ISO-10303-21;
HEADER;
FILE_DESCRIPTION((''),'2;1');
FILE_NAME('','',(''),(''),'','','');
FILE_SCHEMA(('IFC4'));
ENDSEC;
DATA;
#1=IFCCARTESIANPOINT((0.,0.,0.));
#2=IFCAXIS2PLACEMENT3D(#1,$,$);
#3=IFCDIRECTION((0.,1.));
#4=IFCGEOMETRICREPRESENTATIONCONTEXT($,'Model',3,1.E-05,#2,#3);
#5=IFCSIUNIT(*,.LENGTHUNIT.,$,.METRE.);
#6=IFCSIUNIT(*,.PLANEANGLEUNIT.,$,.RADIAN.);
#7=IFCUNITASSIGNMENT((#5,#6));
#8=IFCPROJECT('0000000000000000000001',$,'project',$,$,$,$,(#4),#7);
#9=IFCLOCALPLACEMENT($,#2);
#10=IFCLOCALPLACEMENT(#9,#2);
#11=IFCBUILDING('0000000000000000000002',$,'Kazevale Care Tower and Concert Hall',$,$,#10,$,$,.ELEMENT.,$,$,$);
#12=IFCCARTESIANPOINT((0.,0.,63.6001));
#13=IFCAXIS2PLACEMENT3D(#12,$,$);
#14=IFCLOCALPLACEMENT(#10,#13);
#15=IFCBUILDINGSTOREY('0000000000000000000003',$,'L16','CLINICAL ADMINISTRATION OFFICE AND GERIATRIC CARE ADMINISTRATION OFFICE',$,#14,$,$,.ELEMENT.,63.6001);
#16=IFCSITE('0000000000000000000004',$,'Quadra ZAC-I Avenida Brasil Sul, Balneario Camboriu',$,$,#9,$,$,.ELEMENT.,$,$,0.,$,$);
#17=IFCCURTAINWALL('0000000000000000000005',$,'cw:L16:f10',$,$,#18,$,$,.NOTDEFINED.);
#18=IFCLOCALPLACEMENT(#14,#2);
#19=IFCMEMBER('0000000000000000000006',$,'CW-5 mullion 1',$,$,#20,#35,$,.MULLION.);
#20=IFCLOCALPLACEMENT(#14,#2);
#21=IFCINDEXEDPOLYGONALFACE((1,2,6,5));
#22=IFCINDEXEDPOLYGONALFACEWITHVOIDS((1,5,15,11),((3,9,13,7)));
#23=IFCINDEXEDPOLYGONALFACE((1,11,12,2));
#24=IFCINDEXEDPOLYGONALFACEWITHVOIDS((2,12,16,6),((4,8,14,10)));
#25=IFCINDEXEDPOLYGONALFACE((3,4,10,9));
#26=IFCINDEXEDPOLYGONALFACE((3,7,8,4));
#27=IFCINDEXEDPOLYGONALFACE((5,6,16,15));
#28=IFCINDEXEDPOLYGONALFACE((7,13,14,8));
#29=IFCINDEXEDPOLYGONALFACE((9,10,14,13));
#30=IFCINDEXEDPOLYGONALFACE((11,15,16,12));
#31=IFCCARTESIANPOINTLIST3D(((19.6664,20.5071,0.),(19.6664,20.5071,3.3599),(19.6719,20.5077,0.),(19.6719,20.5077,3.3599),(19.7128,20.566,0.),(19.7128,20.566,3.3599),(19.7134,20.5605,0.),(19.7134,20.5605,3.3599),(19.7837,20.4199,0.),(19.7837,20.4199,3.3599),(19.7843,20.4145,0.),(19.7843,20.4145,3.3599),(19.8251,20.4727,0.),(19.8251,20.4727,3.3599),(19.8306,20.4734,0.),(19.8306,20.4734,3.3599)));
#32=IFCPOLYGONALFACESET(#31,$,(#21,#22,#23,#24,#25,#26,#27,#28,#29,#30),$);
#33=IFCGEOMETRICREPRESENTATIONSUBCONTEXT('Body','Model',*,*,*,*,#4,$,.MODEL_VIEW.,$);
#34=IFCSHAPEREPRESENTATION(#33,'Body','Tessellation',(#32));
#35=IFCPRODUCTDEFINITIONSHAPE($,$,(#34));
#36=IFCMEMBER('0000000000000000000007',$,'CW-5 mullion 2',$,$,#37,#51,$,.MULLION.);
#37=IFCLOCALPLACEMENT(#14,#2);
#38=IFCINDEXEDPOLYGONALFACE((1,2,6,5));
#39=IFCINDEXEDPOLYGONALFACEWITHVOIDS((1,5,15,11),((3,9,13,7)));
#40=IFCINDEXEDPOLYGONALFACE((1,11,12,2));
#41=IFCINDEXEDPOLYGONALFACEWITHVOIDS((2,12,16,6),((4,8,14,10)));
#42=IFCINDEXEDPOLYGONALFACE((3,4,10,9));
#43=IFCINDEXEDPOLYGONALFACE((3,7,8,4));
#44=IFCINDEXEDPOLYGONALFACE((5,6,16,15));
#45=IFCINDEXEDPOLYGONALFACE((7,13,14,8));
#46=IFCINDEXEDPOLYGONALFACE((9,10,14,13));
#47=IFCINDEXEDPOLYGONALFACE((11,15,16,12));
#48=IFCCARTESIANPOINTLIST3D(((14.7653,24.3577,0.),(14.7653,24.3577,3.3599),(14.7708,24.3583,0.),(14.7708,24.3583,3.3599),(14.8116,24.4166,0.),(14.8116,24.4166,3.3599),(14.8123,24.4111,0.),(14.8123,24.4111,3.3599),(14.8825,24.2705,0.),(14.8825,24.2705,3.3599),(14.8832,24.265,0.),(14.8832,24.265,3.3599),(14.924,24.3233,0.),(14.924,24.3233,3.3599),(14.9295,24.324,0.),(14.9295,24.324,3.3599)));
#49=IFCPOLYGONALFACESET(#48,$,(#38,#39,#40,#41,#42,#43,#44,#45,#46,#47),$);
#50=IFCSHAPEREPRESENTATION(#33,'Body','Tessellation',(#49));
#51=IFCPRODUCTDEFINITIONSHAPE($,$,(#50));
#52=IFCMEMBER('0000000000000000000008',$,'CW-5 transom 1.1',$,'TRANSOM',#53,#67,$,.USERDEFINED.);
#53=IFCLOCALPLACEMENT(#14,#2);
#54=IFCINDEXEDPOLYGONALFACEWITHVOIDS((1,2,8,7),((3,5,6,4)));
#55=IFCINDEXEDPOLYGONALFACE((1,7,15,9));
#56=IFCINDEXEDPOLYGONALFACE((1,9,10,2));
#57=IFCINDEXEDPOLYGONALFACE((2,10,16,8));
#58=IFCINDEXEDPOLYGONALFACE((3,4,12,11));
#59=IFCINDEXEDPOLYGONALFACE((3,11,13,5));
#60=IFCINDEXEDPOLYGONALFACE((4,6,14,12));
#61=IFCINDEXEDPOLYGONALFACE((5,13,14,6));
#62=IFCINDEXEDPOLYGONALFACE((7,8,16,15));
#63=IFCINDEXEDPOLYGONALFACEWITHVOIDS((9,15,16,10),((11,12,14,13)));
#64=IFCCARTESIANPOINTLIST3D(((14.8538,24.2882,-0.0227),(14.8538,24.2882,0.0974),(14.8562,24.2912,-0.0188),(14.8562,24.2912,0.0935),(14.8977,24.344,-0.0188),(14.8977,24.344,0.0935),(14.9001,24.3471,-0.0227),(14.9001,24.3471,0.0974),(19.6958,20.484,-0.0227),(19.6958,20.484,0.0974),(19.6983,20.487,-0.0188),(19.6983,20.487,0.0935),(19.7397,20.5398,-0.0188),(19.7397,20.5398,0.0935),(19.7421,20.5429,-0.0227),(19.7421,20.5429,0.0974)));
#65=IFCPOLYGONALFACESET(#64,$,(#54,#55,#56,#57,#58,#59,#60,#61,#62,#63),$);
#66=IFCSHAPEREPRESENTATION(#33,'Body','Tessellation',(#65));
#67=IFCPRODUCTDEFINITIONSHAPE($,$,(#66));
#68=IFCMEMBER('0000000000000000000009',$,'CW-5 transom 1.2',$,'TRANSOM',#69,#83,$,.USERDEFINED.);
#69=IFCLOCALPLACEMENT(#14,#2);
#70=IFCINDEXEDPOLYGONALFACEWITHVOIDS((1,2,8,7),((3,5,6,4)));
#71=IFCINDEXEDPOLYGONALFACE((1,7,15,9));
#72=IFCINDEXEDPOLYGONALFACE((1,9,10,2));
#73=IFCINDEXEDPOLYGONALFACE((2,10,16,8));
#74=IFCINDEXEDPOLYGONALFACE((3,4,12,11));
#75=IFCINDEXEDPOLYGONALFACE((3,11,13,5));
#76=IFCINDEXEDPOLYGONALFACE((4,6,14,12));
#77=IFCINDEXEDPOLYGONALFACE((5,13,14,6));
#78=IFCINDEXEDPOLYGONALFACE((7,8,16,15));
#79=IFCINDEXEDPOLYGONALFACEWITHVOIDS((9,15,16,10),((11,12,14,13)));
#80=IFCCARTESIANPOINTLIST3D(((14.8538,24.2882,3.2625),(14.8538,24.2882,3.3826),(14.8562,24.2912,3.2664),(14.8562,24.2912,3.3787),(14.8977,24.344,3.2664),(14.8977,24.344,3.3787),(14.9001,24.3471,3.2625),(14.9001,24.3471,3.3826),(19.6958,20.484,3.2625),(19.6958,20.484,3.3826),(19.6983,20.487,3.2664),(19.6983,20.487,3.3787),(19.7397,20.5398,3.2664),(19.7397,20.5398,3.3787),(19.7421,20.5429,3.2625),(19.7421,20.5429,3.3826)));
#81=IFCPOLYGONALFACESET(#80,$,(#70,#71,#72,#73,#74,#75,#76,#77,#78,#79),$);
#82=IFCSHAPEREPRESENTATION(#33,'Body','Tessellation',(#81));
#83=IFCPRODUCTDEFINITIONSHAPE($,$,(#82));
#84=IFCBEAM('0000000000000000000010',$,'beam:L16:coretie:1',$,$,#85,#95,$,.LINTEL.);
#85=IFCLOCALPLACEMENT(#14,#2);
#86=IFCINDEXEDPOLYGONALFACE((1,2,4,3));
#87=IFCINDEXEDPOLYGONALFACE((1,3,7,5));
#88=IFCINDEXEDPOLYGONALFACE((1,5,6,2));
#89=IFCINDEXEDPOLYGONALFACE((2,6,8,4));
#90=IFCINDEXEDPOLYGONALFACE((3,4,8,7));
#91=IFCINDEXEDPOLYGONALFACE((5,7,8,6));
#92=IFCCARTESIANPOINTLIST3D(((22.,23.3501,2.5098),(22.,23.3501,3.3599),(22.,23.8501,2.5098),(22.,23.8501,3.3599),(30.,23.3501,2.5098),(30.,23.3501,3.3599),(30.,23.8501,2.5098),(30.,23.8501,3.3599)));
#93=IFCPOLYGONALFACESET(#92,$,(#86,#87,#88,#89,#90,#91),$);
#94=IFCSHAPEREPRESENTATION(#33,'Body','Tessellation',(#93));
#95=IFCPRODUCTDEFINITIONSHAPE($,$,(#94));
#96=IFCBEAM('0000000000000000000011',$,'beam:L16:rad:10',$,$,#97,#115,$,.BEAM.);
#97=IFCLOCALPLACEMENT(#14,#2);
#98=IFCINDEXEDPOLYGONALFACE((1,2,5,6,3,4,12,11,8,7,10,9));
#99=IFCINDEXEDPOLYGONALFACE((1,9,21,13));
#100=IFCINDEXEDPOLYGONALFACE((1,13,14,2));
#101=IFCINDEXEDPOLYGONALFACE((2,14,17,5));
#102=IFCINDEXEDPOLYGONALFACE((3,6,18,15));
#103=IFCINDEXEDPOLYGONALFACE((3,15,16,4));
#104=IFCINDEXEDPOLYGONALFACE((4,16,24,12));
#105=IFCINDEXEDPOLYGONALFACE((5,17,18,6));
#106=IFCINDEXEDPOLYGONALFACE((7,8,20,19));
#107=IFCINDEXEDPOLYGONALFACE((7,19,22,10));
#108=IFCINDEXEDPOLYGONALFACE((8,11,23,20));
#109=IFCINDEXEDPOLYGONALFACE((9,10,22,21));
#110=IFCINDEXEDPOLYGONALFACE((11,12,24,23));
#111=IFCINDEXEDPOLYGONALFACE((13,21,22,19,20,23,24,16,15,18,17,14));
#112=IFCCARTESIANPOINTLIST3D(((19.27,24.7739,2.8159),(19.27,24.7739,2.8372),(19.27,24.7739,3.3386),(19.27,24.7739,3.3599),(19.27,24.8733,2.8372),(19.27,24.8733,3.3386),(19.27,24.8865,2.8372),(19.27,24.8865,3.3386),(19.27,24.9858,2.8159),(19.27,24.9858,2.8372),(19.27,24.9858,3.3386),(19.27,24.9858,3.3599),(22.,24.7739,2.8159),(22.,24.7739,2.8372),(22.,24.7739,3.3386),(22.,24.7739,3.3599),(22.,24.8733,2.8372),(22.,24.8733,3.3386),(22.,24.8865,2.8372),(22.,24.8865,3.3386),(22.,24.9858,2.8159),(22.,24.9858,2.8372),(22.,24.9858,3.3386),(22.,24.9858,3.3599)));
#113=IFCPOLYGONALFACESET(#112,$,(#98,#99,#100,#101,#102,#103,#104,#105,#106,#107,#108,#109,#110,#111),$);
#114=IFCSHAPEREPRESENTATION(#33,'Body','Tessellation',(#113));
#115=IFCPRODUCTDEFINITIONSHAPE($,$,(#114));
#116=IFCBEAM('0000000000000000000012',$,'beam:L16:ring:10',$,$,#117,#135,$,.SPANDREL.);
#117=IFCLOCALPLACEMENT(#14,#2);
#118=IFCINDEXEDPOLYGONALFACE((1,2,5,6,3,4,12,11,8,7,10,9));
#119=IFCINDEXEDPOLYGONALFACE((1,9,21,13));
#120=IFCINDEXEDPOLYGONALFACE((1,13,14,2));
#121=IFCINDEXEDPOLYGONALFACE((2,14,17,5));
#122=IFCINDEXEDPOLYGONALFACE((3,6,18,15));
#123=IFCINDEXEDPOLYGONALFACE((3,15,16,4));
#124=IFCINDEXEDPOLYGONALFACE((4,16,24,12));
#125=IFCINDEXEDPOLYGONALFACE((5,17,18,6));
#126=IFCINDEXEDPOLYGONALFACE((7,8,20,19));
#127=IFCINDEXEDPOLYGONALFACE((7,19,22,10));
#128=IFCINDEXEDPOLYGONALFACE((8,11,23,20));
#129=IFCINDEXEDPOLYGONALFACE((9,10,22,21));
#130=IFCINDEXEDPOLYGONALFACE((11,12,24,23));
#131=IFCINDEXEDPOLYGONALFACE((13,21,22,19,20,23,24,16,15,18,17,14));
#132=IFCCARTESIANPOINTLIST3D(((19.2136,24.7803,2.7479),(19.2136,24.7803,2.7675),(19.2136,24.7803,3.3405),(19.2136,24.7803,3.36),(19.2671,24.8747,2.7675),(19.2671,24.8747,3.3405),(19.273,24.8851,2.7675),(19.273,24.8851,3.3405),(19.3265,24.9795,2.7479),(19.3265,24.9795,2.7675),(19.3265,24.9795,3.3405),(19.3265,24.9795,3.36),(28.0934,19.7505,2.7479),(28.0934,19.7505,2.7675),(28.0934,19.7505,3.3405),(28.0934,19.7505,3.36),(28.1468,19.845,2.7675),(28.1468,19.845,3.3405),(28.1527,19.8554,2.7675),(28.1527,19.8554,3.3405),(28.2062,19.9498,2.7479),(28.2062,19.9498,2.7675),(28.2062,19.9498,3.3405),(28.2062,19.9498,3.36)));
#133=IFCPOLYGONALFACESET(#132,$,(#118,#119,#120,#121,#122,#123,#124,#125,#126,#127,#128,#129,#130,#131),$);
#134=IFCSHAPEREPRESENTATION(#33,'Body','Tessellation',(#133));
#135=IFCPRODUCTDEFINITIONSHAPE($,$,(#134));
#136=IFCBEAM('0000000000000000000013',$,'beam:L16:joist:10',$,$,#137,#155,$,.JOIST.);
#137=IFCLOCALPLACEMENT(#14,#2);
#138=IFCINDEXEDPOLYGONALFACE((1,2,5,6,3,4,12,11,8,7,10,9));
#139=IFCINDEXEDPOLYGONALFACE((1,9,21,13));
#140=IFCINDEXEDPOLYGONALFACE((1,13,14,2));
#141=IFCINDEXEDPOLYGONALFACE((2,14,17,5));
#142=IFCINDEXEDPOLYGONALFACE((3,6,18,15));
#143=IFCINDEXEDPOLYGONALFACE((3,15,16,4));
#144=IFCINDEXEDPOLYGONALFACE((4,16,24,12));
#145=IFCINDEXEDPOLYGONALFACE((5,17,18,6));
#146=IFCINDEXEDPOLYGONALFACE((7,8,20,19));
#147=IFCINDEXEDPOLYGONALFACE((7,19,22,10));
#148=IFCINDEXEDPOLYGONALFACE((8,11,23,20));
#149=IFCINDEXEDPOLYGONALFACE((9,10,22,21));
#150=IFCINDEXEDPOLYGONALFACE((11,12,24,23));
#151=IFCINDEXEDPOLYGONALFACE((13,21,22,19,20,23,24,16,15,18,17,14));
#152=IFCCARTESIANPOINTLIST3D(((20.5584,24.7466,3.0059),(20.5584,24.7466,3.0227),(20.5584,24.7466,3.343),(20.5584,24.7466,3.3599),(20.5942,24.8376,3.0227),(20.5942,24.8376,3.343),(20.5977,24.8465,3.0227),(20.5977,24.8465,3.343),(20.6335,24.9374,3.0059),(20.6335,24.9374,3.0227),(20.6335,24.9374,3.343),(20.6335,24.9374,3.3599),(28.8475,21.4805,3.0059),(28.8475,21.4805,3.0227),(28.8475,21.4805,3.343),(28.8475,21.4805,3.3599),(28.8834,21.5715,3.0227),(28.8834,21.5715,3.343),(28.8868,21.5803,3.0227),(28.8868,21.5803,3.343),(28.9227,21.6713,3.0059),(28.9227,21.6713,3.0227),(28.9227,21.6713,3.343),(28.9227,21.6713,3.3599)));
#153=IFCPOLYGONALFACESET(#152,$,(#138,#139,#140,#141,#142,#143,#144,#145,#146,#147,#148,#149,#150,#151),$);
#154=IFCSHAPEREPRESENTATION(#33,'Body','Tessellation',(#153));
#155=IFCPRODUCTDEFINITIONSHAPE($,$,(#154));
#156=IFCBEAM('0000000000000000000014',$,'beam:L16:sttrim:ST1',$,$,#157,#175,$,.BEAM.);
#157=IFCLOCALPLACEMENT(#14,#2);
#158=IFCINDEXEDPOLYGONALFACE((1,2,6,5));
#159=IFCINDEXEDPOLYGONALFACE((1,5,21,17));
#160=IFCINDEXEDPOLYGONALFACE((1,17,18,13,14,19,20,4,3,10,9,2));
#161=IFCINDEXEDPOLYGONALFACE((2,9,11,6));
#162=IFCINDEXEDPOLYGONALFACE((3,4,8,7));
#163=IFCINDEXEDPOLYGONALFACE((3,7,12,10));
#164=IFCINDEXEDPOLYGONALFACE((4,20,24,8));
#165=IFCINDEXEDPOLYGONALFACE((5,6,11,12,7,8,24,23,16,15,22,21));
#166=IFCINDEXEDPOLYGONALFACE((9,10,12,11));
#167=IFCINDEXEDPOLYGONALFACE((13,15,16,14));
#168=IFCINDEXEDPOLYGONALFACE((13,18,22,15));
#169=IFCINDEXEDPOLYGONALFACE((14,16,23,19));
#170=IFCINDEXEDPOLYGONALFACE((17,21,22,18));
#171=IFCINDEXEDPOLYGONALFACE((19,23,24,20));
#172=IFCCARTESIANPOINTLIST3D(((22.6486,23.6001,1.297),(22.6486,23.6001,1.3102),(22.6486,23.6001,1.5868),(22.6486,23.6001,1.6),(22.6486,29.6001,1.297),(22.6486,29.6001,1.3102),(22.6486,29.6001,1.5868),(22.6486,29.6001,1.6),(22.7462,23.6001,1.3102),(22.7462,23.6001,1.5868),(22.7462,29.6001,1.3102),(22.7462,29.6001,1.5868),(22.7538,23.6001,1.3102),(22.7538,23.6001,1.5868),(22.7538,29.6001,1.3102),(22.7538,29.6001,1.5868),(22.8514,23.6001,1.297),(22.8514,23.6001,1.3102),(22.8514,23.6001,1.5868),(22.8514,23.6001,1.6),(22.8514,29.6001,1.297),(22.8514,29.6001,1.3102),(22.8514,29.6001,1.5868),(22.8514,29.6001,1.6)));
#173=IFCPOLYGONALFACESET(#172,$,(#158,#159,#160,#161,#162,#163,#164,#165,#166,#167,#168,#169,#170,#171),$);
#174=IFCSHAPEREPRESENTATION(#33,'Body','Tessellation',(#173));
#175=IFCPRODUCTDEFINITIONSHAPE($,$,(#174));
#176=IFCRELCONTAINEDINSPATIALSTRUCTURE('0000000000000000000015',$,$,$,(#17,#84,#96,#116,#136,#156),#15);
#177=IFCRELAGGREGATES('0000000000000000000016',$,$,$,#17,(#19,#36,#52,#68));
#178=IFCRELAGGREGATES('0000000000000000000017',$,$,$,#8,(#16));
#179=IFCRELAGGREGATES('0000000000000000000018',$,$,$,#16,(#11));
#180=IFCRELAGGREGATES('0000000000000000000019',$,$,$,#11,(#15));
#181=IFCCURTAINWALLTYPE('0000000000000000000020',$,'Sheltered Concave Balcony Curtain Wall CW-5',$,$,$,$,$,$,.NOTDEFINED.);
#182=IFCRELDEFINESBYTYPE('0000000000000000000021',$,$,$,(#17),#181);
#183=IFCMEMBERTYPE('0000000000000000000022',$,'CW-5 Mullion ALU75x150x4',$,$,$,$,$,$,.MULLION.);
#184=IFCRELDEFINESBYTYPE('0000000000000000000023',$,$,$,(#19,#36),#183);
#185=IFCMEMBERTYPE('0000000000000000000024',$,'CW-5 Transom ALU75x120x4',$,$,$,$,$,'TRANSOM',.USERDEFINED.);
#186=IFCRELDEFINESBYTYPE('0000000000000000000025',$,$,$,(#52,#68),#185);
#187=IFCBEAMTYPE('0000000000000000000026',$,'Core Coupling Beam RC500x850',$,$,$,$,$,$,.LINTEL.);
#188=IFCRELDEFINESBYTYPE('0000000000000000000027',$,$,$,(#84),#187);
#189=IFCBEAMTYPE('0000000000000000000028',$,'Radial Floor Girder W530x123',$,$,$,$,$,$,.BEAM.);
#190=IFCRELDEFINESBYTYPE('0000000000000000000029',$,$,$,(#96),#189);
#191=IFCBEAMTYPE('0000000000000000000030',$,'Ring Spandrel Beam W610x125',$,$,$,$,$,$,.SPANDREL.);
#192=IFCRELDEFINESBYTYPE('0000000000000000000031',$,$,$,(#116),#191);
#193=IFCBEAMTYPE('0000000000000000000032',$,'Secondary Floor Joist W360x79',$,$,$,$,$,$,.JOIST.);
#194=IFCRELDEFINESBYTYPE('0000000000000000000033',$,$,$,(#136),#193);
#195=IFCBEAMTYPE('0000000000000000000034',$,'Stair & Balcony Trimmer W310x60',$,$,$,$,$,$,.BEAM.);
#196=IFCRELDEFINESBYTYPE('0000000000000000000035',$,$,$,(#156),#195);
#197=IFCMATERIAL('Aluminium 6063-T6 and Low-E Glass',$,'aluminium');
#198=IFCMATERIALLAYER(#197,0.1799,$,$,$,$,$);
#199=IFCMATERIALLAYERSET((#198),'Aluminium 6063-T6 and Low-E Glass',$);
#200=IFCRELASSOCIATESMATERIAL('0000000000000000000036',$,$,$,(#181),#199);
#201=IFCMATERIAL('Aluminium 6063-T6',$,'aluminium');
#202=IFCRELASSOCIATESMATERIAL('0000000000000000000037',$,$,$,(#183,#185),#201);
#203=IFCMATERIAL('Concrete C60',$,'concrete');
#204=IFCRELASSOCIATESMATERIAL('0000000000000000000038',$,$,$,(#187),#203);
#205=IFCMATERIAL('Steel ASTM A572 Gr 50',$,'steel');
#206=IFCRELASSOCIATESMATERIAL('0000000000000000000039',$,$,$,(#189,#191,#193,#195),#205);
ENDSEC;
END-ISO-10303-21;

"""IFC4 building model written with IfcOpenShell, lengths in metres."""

from ifc_helpers import new_model, si_unit, direction, frame, origin, origin_2d, place, context, subcontext, project, spatial, rectangle, hollow_rectangle, i_section, extrude, material, layer, layer_set, material_profile, profile_set, type_object, element, aggregate, save


model = new_model("IFC4")

# Units and contexts
model_context = context("Model", 3, precision=1e-05, world=origin(), true_north=direction((0.0, 1.0)))
body_context = subcontext(model_context, "Body", "Model", "MODEL_VIEW")
ifc_project = project(units=[si_unit("LENGTHUNIT", "METRE"), si_unit("PLANEANGLEUNIT", "RADIAN")], contexts=[model_context])

# Site, building, storey
site_placement = place(None, origin())
site = spatial("IfcSite", under=ifc_project, at=site_placement, Name="Quadra ZAC-I Avenida Brasil Sul, Balneario Camboriu", CompositionType="ELEMENT", RefElevation=0.0)
building_placement = place(site_placement, origin())
building = spatial("IfcBuilding", under=site, at=building_placement, Name="Kazevale Care Tower and Concert Hall", CompositionType="ELEMENT")
storey_placement = place(building_placement, frame((0.0, 0.0, 63.6001)))
storey = spatial("IfcBuildingStorey", under=building, at=storey_placement, Name="L16", Description="CLINICAL ADMINISTRATION OFFICE AND GERIATRIC CARE ADMINISTRATION OFFICE", CompositionType="ELEMENT", Elevation=63.6001)

# Shared definitions
ifc_material_1 = material(Name="Aluminium 6063-T6 and Low-E Glass", Category="aluminium")
ifc_material_2 = material(Name="Aluminium 6063-T6", Category="aluminium")

# Shared definitions
ifc_layer_1 = layer(ifc_material_1, 0.1799)
ifc_layer_set_1 = layer_set([ifc_layer_1], Name="Aluminium 6063-T6 and Low-E Glass")
curtain_wall_type_1 = type_object("IfcCurtainWallType", Name="Sheltered Concave Balcony Curtain Wall CW-5", PredefinedType="NOTDEFINED", material=ifc_layer_set_1)
ifc_material_profile_1 = material_profile(ifc_material_2, hollow_rectangle(XDim=0.075, YDim=0.1499, WallThickness=0.0039, at=origin_2d()), Name="ALU75x150x4")
ifc_profile_set_1 = profile_set([ifc_material_profile_1], Name="Aluminium 6063-T6")
member_type_1 = type_object("IfcMemberType", Name="CW-5 Mullion ALU75x150x4", PredefinedType="MULLION", material=ifc_profile_set_1)

# Curtain wall, members
curtain_wall_1_placement = place(storey_placement, origin())
curtain_wall_1 = element("IfcCurtainWall", 1, at=curtain_wall_1_placement, inside=storey, type_object=curtain_wall_type_1, Name="cw:L16:f10", PredefinedType="NOTDEFINED")
member_1_placement = place(storey_placement, frame((19.7485, 20.4902, 0.0), z_axis=(0.0, 0.0, 1.0), x_axis=(-0.617808, -0.786329, 0.0)))
member_1 = element("IfcMember", 2, at=member_1_placement, type_object=member_type_1, Name="CW-5 mullion 1", PredefinedType="MULLION", context=body_context, shape_type="SweptSolid", body=[
    extrude(hollow_rectangle(XDim=0.075, YDim=0.1499, WallThickness=0.0039, at=origin_2d()), origin(), (0.0, 0.0, 1.0), 3.3599),
])
member_2_placement = place(storey_placement, frame((14.8474, 24.3408, 0.0), z_axis=(0.0, 0.0, 1.0), x_axis=(-0.617808, -0.786329, 0.0)))
member_2 = element("IfcMember", 3, at=member_2_placement, type_object=member_type_1, Name="CW-5 mullion 2", PredefinedType="MULLION", context=body_context, shape_type="SweptSolid", body=[
    extrude(hollow_rectangle(XDim=0.075, YDim=0.1499, WallThickness=0.0039, at=origin_2d()), origin(), (0.0, 0.0, 1.0), 3.3599),
])
ifc_material_profile_2 = material_profile(ifc_material_2, hollow_rectangle(XDim=0.075, YDim=0.1201, WallThickness=0.0039, at=origin_2d()), Name="ALU75x120x4")
ifc_profile_set_2 = profile_set([ifc_material_profile_2], Name="Aluminium 6063-T6")
member_type_2 = type_object("IfcMemberType", Name="CW-5 Transom ALU75x120x4", ElementType="TRANSOM", PredefinedType="USERDEFINED", material=ifc_profile_set_2)
member_3_placement = place(storey_placement, frame((19.719, 20.5134, 0.0374), z_axis=(-0.786339, 0.617795, 0.0), x_axis=(-0.617795, -0.786339, 0.0)))
member_3 = element("IfcMember", 4, at=member_3_placement, type_object=member_type_2, Name="CW-5 transom 1.1", ObjectType="TRANSOM", PredefinedType="USERDEFINED", context=body_context, shape_type="SweptSolid", body=[
    extrude(hollow_rectangle(XDim=0.075, YDim=0.1201, WallThickness=0.0039, at=origin_2d()), origin(), (0.0, 0.0, 1.0), 6.1577),
])
member_4_placement = place(storey_placement, frame((19.719, 20.5134, 3.3225), z_axis=(-0.786339, 0.617795, 0.0), x_axis=(-0.617795, -0.786339, 0.0)))
member_4 = element("IfcMember", 5, at=member_4_placement, type_object=member_type_2, Name="CW-5 transom 1.2", ObjectType="TRANSOM", PredefinedType="USERDEFINED", context=body_context, shape_type="SweptSolid", body=[
    extrude(hollow_rectangle(XDim=0.075, YDim=0.1201, WallThickness=0.0039, at=origin_2d()), origin(), (0.0, 0.0, 1.0), 6.1577),
])

# Beams
ifc_material_3 = material(Name="Concrete C60", Category="concrete")
ifc_material_profile_3 = material_profile(ifc_material_3, rectangle(XDim=0.5, YDim=0.8501, at=origin_2d()), Name="RC-B500x850")
ifc_profile_set_3 = profile_set([ifc_material_profile_3], Name="Concrete C60")
beam_type_1 = type_object("IfcBeamType", Name="Core Coupling Beam RC500x850", PredefinedType="LINTEL", material=ifc_profile_set_3)
beam_1_placement = place(storey_placement, frame((22.0, 23.6001, 2.9348), z_axis=(1.0, 0.0, 0.0), x_axis=(0.0, 1.0, 0.0)))
element("IfcBeam", 6, at=beam_1_placement, inside=storey, type_object=beam_type_1, Name="beam:L16:coretie:1", PredefinedType="LINTEL", context=body_context, shape_type="SweptSolid", body=[
    extrude(rectangle(XDim=0.5, YDim=0.8501, at=origin_2d()), origin(), (0.0, 0.0, 1.0), 8.0),
])
ifc_material_4 = material(Name="Steel ASTM A572 Gr 50", Category="steel")
ifc_material_profile_4 = material_profile(ifc_material_4, i_section(OverallWidth=0.2119, OverallDepth=0.5439, WebThickness=0.0132, FlangeThickness=0.0212, at=origin_2d()), Name="W530x123")
ifc_profile_set_4 = profile_set([ifc_material_profile_4], Name="Steel ASTM A572 Gr 50")
beam_type_2 = type_object("IfcBeamType", Name="Radial Floor Girder W530x123", PredefinedType="BEAM", material=ifc_profile_set_4)
beam_2_placement = place(storey_placement, frame((22.0, 24.8799, 3.0879), z_axis=(-1.0, 0.0, 0.0), x_axis=(0.0, -1.0, 0.0)))
element("IfcBeam", 7, at=beam_2_placement, inside=storey, type_object=beam_type_2, Name="beam:L16:rad:10", PredefinedType="BEAM", context=body_context, shape_type="SweptSolid", body=[
    extrude(i_section(OverallWidth=0.2119, OverallDepth=0.5439, WebThickness=0.0132, FlangeThickness=0.0212, at=origin_2d()), origin(), (0.0, 0.0, 1.0), 2.73),
])
ifc_material_profile_5 = material_profile(ifc_material_4, i_section(OverallWidth=0.229, OverallDepth=0.6121, WebThickness=0.012, FlangeThickness=0.0195, at=origin_2d()), Name="W610x125")
ifc_profile_set_5 = profile_set([ifc_material_profile_5], Name="Steel ASTM A572 Gr 50")
beam_type_3 = type_object("IfcBeamType", Name="Ring Spandrel Beam W610x125", PredefinedType="SPANDREL", material=ifc_profile_set_5)
beam_3_placement = place(storey_placement, frame((19.27, 24.8799, 3.054), z_axis=(0.870112, -0.492853, 0.0), x_axis=(0.492853, 0.870112, 0.0)))
element("IfcBeam", 8, at=beam_3_placement, inside=storey, type_object=beam_type_3, Name="beam:L16:ring:10", PredefinedType="SPANDREL", context=body_context, shape_type="SweptSolid", body=[
    extrude(i_section(OverallWidth=0.229, OverallDepth=0.6121, WebThickness=0.012, FlangeThickness=0.0195, at=origin_2d()), origin(), (0.0, 0.0, 1.0), 10.2053),
])
ifc_material_profile_6 = material_profile(ifc_material_4, i_section(OverallWidth=0.2051, OverallDepth=0.354, WebThickness=0.0095, FlangeThickness=0.0168, at=origin_2d()), Name="W360x79")
ifc_profile_set_6 = profile_set([ifc_material_profile_6], Name="Steel ASTM A572 Gr 50")
beam_type_4 = type_object("IfcBeamType", Name="Secondary Floor Joist W360x79", PredefinedType="JOIST", material=ifc_profile_set_6)
beam_4_placement = place(storey_placement, frame((20.5959, 24.842, 3.1829), z_axis=(0.930381, -0.366595, 0.0), x_axis=(0.366595, 0.930381, 0.0)))
element("IfcBeam", 9, at=beam_4_placement, inside=storey, type_object=beam_type_4, Name="beam:L16:joist:10", PredefinedType="JOIST", context=body_context, shape_type="SweptSolid", body=[
    extrude(i_section(OverallWidth=0.2051, OverallDepth=0.354, WebThickness=0.0095, FlangeThickness=0.0168, at=origin_2d()), origin(), (0.0, 0.0, 1.0), 8.9094),
])
ifc_material_profile_7 = material_profile(ifc_material_4, i_section(OverallWidth=0.2029, OverallDepth=0.303, WebThickness=0.0076, FlangeThickness=0.0132, at=origin_2d()), Name="W310x60")
ifc_profile_set_7 = profile_set([ifc_material_profile_7], Name="Steel ASTM A572 Gr 50")
beam_type_5 = type_object("IfcBeamType", Name="Stair & Balcony Trimmer W310x60", PredefinedType="BEAM", material=ifc_profile_set_7)
beam_5_placement = place(storey_placement, frame((22.75, 23.6001, 1.4485), z_axis=(0.0, 1.0, 0.0), x_axis=(-1.0, 0.0, 0.0)))
element("IfcBeam", 10, at=beam_5_placement, inside=storey, type_object=beam_type_5, Name="beam:L16:sttrim:ST1", PredefinedType="BEAM", context=body_context, shape_type="SweptSolid", body=[
    extrude(i_section(OverallWidth=0.2029, OverallDepth=0.303, WebThickness=0.0076, FlangeThickness=0.0132, at=origin_2d()), origin(), (0.0, 0.0, 1.0), 6.0),
])

aggregate(curtain_wall_1, [member_1, member_2, member_3, member_4])

save(model, "model.ifc")
